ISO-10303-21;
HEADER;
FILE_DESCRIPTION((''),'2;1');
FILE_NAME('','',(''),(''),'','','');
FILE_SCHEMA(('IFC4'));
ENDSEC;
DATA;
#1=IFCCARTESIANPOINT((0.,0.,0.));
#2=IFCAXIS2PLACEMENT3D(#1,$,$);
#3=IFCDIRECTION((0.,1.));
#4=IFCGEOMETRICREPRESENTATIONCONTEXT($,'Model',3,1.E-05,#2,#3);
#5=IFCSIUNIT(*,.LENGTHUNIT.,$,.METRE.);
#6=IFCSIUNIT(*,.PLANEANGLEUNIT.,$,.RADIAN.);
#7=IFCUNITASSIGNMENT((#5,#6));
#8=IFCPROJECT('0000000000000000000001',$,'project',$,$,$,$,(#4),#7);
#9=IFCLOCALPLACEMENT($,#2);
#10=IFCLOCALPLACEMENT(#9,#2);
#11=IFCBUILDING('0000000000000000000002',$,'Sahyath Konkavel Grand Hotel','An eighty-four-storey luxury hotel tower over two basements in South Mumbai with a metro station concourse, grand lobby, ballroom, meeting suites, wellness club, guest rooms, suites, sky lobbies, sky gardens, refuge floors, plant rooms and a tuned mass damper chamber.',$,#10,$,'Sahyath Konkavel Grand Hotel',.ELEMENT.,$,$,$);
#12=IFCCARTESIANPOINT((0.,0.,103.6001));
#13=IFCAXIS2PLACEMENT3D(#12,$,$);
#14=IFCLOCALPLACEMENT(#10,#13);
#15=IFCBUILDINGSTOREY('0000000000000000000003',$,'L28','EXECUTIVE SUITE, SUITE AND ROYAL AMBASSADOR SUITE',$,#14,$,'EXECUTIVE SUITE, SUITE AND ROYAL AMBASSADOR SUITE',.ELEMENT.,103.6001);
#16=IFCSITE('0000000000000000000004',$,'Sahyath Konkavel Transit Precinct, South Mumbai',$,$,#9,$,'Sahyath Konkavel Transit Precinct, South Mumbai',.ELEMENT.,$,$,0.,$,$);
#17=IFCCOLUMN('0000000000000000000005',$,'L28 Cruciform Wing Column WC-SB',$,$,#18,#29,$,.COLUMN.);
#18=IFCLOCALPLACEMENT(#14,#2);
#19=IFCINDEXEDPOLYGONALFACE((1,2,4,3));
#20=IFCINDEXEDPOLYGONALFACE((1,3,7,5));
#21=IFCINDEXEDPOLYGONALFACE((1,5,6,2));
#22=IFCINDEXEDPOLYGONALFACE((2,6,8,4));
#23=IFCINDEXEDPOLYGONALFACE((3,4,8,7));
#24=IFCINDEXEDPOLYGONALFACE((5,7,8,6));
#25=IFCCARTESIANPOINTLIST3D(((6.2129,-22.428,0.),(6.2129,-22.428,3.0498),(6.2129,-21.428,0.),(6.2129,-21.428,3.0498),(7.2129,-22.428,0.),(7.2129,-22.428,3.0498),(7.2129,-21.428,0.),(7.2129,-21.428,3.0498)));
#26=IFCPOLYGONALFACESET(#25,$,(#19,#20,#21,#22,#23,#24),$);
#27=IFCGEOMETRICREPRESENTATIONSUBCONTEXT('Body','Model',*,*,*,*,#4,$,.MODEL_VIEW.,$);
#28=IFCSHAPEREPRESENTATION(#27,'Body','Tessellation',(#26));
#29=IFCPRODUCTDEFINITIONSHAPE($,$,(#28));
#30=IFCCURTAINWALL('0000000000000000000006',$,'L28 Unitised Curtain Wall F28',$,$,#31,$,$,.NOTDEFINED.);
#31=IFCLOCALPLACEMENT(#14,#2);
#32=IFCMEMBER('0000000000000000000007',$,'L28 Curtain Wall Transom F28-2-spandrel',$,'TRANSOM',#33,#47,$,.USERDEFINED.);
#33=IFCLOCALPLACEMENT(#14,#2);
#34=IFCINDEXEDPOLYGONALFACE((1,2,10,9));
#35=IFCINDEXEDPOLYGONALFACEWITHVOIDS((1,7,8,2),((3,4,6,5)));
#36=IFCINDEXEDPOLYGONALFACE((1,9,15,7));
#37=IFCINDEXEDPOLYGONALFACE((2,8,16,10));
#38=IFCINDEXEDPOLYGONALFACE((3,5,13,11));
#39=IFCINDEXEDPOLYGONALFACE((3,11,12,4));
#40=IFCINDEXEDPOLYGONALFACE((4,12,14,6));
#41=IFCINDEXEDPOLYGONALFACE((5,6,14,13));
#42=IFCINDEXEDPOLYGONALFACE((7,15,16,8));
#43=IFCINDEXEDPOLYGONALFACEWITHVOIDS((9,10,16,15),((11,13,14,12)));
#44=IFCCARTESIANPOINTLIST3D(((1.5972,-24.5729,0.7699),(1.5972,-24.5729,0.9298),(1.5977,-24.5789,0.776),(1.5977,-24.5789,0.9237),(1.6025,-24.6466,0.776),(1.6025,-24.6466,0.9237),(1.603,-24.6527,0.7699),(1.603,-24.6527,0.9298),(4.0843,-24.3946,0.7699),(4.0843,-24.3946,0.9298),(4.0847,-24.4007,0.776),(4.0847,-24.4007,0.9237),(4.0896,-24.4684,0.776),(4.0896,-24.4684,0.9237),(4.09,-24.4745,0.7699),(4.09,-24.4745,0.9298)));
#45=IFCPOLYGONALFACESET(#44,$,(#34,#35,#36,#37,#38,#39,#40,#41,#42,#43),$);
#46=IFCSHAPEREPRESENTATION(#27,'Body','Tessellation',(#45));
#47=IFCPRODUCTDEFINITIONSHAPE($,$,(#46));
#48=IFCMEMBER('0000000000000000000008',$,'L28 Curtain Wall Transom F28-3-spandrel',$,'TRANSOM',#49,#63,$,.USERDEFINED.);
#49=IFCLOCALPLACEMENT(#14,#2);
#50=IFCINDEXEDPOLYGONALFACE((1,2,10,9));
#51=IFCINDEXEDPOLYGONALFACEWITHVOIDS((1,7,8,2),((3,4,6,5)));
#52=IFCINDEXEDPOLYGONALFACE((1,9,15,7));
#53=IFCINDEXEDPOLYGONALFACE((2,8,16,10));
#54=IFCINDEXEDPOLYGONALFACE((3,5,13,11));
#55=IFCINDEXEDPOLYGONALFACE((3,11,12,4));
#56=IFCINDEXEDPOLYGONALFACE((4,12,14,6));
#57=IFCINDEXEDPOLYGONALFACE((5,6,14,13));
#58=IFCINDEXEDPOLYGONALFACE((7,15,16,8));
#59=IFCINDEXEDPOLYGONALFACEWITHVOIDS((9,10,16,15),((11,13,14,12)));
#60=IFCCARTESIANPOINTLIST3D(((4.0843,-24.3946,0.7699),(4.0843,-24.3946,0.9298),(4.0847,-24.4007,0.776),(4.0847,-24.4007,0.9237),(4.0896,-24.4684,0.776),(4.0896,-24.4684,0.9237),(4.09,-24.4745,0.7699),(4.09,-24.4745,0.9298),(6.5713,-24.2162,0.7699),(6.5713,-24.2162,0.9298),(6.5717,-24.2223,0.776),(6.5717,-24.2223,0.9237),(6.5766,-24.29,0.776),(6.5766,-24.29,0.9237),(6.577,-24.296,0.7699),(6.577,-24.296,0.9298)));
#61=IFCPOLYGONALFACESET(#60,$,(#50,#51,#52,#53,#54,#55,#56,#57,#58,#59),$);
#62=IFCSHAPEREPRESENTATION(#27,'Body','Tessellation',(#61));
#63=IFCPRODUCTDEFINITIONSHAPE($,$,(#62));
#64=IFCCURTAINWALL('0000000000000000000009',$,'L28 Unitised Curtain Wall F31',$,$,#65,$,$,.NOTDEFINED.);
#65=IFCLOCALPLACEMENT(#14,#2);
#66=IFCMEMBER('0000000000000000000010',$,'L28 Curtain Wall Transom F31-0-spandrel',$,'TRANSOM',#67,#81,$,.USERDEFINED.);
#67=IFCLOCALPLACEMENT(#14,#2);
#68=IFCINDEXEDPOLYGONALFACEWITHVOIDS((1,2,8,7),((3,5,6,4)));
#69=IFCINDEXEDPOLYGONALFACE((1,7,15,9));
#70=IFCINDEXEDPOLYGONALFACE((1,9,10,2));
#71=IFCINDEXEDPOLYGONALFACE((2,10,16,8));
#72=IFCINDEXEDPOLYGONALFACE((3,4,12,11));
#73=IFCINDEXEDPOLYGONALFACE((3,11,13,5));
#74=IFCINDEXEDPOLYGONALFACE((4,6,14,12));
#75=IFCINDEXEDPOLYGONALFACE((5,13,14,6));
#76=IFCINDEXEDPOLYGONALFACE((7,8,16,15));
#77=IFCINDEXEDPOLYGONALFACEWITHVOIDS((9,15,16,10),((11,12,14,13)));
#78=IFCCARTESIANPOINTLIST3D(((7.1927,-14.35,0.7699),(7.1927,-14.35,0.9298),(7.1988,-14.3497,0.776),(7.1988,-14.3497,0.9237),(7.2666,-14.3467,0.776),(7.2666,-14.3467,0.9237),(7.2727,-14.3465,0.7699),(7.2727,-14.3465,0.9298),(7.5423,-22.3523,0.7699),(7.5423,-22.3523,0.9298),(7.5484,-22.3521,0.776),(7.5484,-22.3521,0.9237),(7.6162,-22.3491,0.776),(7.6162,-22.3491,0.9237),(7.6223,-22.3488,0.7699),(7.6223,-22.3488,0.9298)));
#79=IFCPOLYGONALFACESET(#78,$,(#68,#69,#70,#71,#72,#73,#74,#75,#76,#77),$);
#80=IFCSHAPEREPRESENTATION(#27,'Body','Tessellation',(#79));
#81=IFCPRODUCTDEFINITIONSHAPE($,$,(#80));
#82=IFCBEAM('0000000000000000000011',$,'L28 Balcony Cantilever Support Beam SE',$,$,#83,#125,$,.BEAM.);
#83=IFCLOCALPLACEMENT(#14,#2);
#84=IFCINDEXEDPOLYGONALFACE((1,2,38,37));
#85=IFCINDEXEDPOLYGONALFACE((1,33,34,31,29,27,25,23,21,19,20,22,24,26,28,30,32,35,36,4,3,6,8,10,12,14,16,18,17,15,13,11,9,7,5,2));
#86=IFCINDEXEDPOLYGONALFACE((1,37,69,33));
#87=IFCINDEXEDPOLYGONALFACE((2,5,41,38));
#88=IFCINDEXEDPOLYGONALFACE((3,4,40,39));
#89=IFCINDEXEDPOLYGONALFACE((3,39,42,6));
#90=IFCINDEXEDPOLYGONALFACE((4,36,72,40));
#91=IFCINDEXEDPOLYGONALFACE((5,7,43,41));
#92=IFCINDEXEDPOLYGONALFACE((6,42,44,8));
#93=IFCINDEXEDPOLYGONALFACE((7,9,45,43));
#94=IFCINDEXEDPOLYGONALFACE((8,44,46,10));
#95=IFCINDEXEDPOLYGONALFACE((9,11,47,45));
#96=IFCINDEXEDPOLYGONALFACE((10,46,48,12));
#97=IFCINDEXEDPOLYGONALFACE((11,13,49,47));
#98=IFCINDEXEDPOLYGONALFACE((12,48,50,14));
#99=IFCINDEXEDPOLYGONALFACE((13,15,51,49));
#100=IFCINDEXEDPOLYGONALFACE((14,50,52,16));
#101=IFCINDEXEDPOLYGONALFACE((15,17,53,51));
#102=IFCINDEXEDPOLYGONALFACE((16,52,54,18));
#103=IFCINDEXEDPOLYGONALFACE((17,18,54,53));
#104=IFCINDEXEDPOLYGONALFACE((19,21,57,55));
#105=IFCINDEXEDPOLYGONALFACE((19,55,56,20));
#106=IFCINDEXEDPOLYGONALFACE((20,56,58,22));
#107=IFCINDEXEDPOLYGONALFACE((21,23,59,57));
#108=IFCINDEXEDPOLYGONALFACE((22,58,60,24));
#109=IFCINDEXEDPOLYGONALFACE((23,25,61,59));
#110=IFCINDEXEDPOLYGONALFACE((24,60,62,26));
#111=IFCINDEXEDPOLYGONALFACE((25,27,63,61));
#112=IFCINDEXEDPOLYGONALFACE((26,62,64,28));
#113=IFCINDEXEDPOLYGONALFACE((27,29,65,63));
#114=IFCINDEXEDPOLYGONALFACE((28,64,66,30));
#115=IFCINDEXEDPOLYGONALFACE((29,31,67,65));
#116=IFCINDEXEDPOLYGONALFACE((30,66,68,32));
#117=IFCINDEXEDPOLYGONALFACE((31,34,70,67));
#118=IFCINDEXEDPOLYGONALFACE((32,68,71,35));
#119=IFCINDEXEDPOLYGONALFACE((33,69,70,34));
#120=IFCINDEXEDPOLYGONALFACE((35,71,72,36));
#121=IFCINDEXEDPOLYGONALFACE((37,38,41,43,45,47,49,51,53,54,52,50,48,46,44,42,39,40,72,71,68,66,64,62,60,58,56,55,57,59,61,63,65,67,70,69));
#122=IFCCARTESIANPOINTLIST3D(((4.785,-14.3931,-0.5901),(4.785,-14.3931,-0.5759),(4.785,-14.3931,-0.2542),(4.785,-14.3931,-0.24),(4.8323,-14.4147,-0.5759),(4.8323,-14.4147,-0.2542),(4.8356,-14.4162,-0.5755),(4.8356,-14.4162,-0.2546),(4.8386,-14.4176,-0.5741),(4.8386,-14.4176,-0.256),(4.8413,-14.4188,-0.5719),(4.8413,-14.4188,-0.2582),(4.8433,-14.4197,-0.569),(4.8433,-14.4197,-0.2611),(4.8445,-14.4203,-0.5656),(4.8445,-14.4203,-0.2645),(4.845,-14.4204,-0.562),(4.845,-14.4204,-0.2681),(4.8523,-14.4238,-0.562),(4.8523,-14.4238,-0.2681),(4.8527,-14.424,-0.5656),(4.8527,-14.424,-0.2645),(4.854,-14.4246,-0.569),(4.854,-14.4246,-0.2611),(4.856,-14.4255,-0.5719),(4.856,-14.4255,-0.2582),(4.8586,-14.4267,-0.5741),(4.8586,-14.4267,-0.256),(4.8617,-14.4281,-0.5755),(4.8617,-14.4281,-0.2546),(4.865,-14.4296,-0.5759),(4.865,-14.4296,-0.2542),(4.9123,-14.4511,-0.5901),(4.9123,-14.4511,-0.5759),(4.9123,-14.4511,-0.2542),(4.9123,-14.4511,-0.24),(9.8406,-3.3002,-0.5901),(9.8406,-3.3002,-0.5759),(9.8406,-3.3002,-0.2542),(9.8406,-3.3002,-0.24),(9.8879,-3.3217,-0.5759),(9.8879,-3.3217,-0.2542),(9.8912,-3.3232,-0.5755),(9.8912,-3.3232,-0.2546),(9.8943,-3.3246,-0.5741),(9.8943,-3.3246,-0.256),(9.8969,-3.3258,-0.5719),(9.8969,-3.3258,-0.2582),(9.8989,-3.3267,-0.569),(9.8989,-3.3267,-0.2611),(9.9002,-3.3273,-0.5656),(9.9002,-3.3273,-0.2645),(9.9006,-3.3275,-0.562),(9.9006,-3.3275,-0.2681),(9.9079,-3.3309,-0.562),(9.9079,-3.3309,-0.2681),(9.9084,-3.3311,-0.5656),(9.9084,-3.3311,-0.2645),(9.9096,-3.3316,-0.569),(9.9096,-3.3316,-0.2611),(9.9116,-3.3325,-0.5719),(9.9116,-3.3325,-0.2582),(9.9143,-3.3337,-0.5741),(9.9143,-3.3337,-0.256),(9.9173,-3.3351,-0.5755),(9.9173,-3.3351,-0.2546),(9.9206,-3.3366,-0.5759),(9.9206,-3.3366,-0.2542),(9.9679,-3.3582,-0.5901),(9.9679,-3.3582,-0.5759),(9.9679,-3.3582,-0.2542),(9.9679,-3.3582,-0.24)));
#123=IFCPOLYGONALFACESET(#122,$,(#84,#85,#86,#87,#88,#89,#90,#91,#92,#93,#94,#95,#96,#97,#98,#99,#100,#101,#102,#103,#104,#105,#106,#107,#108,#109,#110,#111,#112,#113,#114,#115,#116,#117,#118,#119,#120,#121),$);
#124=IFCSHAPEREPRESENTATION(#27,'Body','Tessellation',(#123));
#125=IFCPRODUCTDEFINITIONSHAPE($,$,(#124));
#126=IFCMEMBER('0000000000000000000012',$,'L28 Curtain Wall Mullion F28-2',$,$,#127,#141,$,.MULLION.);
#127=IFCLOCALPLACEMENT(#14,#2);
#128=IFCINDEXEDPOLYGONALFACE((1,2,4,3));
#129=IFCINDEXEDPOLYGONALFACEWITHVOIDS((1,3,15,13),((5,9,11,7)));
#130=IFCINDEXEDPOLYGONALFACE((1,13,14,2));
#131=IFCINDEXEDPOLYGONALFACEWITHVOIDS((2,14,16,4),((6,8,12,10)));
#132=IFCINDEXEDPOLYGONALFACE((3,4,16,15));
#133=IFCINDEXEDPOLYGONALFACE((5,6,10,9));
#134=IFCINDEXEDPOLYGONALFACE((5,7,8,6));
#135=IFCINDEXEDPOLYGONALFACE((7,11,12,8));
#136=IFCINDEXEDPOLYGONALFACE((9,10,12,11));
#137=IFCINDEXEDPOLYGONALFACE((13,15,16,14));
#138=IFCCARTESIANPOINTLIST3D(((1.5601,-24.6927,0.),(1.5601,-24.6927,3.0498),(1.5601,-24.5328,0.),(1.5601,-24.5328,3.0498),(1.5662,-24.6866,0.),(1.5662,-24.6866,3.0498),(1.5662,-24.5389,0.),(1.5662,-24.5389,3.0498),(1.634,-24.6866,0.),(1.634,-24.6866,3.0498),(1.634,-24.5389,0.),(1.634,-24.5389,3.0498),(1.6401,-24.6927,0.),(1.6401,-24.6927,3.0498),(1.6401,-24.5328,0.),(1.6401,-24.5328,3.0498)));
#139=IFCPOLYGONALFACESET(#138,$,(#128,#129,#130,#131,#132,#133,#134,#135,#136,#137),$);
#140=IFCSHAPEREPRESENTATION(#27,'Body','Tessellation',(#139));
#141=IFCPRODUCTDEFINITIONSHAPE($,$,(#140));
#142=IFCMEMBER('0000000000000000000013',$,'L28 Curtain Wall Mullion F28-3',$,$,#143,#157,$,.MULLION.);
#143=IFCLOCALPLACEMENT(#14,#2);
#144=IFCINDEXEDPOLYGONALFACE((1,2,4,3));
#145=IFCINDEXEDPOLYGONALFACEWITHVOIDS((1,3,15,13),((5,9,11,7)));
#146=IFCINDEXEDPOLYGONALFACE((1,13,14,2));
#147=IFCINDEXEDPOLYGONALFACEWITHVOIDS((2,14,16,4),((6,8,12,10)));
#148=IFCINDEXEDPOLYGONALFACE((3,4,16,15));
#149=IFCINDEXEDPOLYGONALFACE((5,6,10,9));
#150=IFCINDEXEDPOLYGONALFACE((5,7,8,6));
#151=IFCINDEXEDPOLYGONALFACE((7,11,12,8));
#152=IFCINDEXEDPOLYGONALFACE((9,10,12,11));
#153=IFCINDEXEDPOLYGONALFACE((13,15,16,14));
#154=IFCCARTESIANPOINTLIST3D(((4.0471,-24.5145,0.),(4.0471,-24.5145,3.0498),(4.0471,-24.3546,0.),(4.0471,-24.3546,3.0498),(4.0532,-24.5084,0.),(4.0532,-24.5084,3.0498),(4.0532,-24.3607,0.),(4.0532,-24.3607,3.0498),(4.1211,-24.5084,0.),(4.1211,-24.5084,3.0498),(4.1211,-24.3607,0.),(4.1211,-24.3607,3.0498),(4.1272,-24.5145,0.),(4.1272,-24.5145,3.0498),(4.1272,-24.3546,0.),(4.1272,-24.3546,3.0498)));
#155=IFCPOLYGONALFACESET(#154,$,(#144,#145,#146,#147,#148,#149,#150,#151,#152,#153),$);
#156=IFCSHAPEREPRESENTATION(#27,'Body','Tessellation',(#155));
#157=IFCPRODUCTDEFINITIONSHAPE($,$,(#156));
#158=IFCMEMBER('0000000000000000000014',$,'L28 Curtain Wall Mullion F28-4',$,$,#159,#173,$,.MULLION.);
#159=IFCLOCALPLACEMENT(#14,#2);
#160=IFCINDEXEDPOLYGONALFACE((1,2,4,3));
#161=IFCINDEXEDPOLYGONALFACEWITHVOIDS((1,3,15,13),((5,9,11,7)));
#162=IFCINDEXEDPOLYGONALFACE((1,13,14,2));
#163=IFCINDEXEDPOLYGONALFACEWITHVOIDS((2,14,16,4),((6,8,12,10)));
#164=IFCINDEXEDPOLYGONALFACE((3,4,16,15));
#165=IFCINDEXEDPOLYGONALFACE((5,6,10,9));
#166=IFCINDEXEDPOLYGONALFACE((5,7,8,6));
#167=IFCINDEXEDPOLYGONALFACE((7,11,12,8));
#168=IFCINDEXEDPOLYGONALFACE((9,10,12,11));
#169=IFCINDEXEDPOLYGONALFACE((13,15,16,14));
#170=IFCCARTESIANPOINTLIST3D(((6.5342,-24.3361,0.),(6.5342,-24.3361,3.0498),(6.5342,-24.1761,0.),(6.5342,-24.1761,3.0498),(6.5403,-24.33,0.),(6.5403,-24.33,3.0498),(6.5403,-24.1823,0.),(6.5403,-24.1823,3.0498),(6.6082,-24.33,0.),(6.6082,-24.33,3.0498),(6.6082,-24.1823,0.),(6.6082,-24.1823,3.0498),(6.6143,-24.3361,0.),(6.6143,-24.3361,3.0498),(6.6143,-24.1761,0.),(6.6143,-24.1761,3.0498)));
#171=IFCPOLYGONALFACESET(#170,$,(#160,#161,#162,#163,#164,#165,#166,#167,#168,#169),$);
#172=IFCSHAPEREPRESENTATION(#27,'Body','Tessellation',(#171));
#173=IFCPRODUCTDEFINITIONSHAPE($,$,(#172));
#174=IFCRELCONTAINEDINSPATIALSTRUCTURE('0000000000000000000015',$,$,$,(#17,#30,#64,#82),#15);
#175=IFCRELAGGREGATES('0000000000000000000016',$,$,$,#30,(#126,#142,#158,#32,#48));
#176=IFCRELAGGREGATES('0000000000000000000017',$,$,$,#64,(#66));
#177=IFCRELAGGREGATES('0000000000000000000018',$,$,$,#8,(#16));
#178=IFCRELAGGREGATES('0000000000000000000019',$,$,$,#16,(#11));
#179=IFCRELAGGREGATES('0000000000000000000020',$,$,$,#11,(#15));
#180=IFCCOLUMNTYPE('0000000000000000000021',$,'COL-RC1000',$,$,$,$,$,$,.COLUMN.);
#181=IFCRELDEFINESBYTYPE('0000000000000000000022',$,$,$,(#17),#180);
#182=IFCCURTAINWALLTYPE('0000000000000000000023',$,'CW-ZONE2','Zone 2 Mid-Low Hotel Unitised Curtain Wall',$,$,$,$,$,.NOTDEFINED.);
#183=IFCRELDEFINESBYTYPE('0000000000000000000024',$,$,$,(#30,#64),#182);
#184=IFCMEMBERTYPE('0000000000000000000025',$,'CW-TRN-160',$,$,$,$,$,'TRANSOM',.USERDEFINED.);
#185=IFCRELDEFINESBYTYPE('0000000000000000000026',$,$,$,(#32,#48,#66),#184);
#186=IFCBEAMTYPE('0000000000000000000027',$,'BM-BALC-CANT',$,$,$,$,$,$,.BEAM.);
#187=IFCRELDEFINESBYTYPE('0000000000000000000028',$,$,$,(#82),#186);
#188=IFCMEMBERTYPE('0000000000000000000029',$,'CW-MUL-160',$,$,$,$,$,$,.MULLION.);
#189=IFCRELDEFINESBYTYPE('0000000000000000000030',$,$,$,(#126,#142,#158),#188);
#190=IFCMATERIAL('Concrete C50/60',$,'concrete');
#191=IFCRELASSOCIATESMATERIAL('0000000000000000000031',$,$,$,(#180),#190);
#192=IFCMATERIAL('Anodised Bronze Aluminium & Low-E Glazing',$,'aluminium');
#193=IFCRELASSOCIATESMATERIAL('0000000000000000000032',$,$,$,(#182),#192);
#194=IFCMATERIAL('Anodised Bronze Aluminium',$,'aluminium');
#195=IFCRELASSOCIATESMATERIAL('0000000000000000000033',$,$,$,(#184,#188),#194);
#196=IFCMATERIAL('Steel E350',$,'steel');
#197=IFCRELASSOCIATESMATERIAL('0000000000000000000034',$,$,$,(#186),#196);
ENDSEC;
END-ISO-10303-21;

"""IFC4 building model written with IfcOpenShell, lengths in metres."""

from ifc_helpers import new_model, si_unit, direction, frame, origin, origin_2d, place, context, subcontext, project, spatial, rectangle, hollow_rectangle, i_section, extrude, source, transform, mapped, material, material_profile, profile_set, type_object, element, aggregate, save


model = new_model("IFC4")

# Units and contexts
model_context = context("Model", 3, precision=1e-05, world=origin(), true_north=direction((0.0, 1.0)))
body_context = subcontext(model_context, "Body", "Model", "MODEL_VIEW")
ifc_project = project(units=[si_unit("LENGTHUNIT", "METRE"), si_unit("PLANEANGLEUNIT", "RADIAN")], contexts=[model_context])

# Site, building, storey
site_placement = place(None, origin())
site = spatial("IfcSite", under=ifc_project, at=site_placement, Name="Sahyath Konkavel Transit Precinct, South Mumbai", LongName="Sahyath Konkavel Transit Precinct, South Mumbai", CompositionType="ELEMENT", RefElevation=0.0)
building_placement = place(site_placement, origin())
building = spatial("IfcBuilding", under=site, at=building_placement, Name="Sahyath Konkavel Grand Hotel", Description="An eighty-four-storey luxury hotel tower over two basements in South Mumbai with a metro station concourse, grand lobby, ballroom, meeting suites, wellness club, guest rooms, suites, sky lobbies, sky gardens, refuge floors, plant rooms and a tuned mass damper chamber.", LongName="Sahyath Konkavel Grand Hotel", CompositionType="ELEMENT")
storey_placement = place(building_placement, frame((0.0, 0.0, 103.6001)))
storey = spatial("IfcBuildingStorey", under=building, at=storey_placement, Name="L28", Description="EXECUTIVE SUITE, SUITE AND ROYAL AMBASSADOR SUITE", LongName="EXECUTIVE SUITE, SUITE AND ROYAL AMBASSADOR SUITE", CompositionType="ELEMENT", Elevation=103.6001)

# Column
ifc_material_1 = material(Name="Concrete C50/60", Category="concrete")
ifc_material_profile_1 = material_profile(ifc_material_1, rectangle(XDim=1.0, YDim=1.0, at=origin_2d()), Name="RC 1000x1000")
ifc_profile_set_1 = profile_set([ifc_material_profile_1], Name="Concrete C50/60")
column_type = type_object("IfcColumnType", Name="COL-RC1000", PredefinedType="COLUMN", material=ifc_profile_set_1)
shared_shape_1 = source(origin(), body_context, "Body", "SweptSolid", [
    extrude(rectangle(XDim=1.0, YDim=1.0, at=origin_2d()), origin(), (0.0, 0.0, 1.0), 3.0498),
])
column_placement = place(storey_placement, frame((6.7129, -21.928, 0.0), z_axis=(0.0, 0.0, 1.0), x_axis=(1.0, 0.0, 0.0)))
element("IfcColumn", 1, at=column_placement, inside=storey, type_object=column_type, Name="L28 Cruciform Wing Column WC-SB", PredefinedType="COLUMN", context=body_context, shape_type="MappedRepresentation", body=[
    mapped(shared_shape_1, transform((0.0, 0.0, 0.0), scale=1.0)),
])

# Curtain wall, members
ifc_material_2 = material(Name="Anodised Bronze Aluminium & Low-E Glazing", Category="aluminium")
curtain_wall_type = type_object("IfcCurtainWallType", Name="CW-ZONE2", Description="Zone 2 Mid-Low Hotel Unitised Curtain Wall", PredefinedType="NOTDEFINED", material=ifc_material_2)
curtain_wall_1_placement = place(storey_placement, origin())
curtain_wall_1 = element("IfcCurtainWall", 2, at=curtain_wall_1_placement, inside=storey, type_object=curtain_wall_type, Name="L28 Unitised Curtain Wall F28", PredefinedType="NOTDEFINED")
ifc_material_3 = material(Name="Anodised Bronze Aluminium", Category="aluminium")
ifc_material_profile_2 = material_profile(ifc_material_3, hollow_rectangle(XDim=0.0801, YDim=0.1599, WallThickness=0.0061, at=origin_2d()), Name="RHS 160x80x6")
ifc_profile_set_2 = profile_set([ifc_material_profile_2], Name="Anodised Bronze Aluminium")
member_type_1 = type_object("IfcMemberType", Name="CW-TRN-160", ElementType="TRANSOM", PredefinedType="USERDEFINED", material=ifc_profile_set_2)
shared_shape_2 = source(origin(), body_context, "Body", "SweptSolid", [
    extrude(hollow_rectangle(XDim=0.0801, YDim=0.1599, WallThickness=0.0061, at=origin_2d()), origin(), (0.0, 0.0, 1.0), 2.4934),
])
member_1_placement = place(storey_placement, frame((1.6001, -24.6128, 0.8499), z_axis=(0.997442, 0.071477, 0.0), x_axis=(-0.071477, 0.997442, 0.0)))
member_1 = element("IfcMember", 3, at=member_1_placement, type_object=member_type_1, Name="L28 Curtain Wall Transom F28-2-spandrel", ObjectType="TRANSOM", PredefinedType="USERDEFINED", context=body_context, shape_type="MappedRepresentation", body=[
    mapped(shared_shape_2, transform((0.0, 0.0, 0.0), scale=1.0)),
])
member_2_placement = place(storey_placement, frame((4.0872, -24.4346, 0.8499), z_axis=(0.997435, 0.071574, 0.0), x_axis=(-0.071574, 0.997435, 0.0)))
member_2 = element("IfcMember", 4, at=member_2_placement, type_object=member_type_1, Name="L28 Curtain Wall Transom F28-3-spandrel", ObjectType="TRANSOM", PredefinedType="USERDEFINED", context=body_context, shape_type="MappedRepresentation", body=[
    mapped(shared_shape_2, transform((0.0, 0.0, 0.0), scale=1.0)),
])

# Curtain wall, member
curtain_wall_2_placement = place(storey_placement, origin())
curtain_wall_2 = element("IfcCurtainWall", 5, at=curtain_wall_2_placement, inside=storey, type_object=curtain_wall_type, Name="L28 Unitised Curtain Wall F31", PredefinedType="NOTDEFINED")
shared_shape_3 = source(origin(), body_context, "Body", "SweptSolid", [
    extrude(hollow_rectangle(XDim=0.0801, YDim=0.1599, WallThickness=0.0061, at=origin_2d()), origin(), (0.0, 0.0, 1.0), 8.01),
])
member_3_placement = place(storey_placement, frame((7.5823, -22.3506, 0.8499), z_axis=(-0.043646, 0.999047, 0.0), x_axis=(-0.999047, -0.043646, 0.0)))
member_3 = element("IfcMember", 6, at=member_3_placement, type_object=member_type_1, Name="L28 Curtain Wall Transom F31-0-spandrel", ObjectType="TRANSOM", PredefinedType="USERDEFINED", context=body_context, shape_type="MappedRepresentation", body=[
    mapped(shared_shape_3, transform((0.0, 0.0, 0.0), scale=1.0)),
])

# Beam
ifc_material_4 = material(Name="Steel E350", Category="steel")
ifc_material_profile_3 = material_profile(ifc_material_4, i_section(OverallWidth=0.1399, OverallDepth=0.3501, WebThickness=0.0081, FlangeThickness=0.0142, FilletRadius=0.0139, at=origin_2d()), Name="ISMB 350")
ifc_profile_set_3 = profile_set([ifc_material_profile_3], Name="Steel E350")
beam_type = type_object("IfcBeamType", Name="BM-BALC-CANT", PredefinedType="BEAM", material=ifc_profile_set_3)
shared_shape_4 = source(origin(), body_context, "Body", "SweptSolid", [
    extrude(i_section(OverallWidth=0.1399, OverallDepth=0.3501, WebThickness=0.0081, FlangeThickness=0.0142, FilletRadius=0.0139, at=origin_2d()), origin(), (0.0, 0.0, 1.0), 12.1907),
])
beam_placement = place(storey_placement, frame((4.8486, -14.4221, -0.415), z_axis=(0.414713, 0.909952, 0.0), x_axis=(-0.909952, 0.414713, 0.0)))
element("IfcBeam", 7, at=beam_placement, inside=storey, type_object=beam_type, Name="L28 Balcony Cantilever Support Beam SE", PredefinedType="BEAM", context=body_context, shape_type="MappedRepresentation", body=[
    mapped(shared_shape_4, transform((0.0, 0.0, 0.0), scale=1.0)),
])

# Members
ifc_material_profile_4 = material_profile(ifc_material_3, hollow_rectangle(XDim=0.0801, YDim=0.1599, WallThickness=0.0061, at=origin_2d()), Name="RHS 160x80x6")
ifc_profile_set_4 = profile_set([ifc_material_profile_4], Name="Anodised Bronze Aluminium")
member_type_2 = type_object("IfcMemberType", Name="CW-MUL-160", PredefinedType="MULLION", material=ifc_profile_set_4)
shared_shape_5 = source(origin(), body_context, "Body", "SweptSolid", [
    extrude(hollow_rectangle(XDim=0.0801, YDim=0.1599, WallThickness=0.0061, at=origin_2d()), origin(), (0.0, 0.0, 1.0), 3.0498),
])
member_4_placement = place(storey_placement, frame((1.6001, -24.6128, 0.0), z_axis=(0.0, 0.0, 1.0), x_axis=(1.0, 0.0, 0.0)))
member_4 = element("IfcMember", 8, at=member_4_placement, type_object=member_type_2, Name="L28 Curtain Wall Mullion F28-2", PredefinedType="MULLION", context=body_context, shape_type="MappedRepresentation", body=[
    mapped(shared_shape_5, transform((0.0, 0.0, 0.0), scale=1.0)),
])
member_5_placement = place(storey_placement, frame((4.0872, -24.4346, 0.0), z_axis=(0.0, 0.0, 1.0), x_axis=(1.0, 0.0, 0.0)))
member_5 = element("IfcMember", 9, at=member_5_placement, type_object=member_type_2, Name="L28 Curtain Wall Mullion F28-3", PredefinedType="MULLION", context=body_context, shape_type="MappedRepresentation", body=[
    mapped(shared_shape_5, transform((0.0, 0.0, 0.0), scale=1.0)),
])
member_6_placement = place(storey_placement, frame((6.5742, -24.2561, 0.0), z_axis=(0.0, 0.0, 1.0), x_axis=(1.0, 0.0, 0.0)))
member_6 = element("IfcMember", 10, at=member_6_placement, type_object=member_type_2, Name="L28 Curtain Wall Mullion F28-4", PredefinedType="MULLION", context=body_context, shape_type="MappedRepresentation", body=[
    mapped(shared_shape_5, transform((0.0, 0.0, 0.0), scale=1.0)),
])

aggregate(curtain_wall_1, [member_4, member_5, member_6, member_1, member_2])
aggregate(curtain_wall_2, [member_3])

save(model, "model.ifc")
